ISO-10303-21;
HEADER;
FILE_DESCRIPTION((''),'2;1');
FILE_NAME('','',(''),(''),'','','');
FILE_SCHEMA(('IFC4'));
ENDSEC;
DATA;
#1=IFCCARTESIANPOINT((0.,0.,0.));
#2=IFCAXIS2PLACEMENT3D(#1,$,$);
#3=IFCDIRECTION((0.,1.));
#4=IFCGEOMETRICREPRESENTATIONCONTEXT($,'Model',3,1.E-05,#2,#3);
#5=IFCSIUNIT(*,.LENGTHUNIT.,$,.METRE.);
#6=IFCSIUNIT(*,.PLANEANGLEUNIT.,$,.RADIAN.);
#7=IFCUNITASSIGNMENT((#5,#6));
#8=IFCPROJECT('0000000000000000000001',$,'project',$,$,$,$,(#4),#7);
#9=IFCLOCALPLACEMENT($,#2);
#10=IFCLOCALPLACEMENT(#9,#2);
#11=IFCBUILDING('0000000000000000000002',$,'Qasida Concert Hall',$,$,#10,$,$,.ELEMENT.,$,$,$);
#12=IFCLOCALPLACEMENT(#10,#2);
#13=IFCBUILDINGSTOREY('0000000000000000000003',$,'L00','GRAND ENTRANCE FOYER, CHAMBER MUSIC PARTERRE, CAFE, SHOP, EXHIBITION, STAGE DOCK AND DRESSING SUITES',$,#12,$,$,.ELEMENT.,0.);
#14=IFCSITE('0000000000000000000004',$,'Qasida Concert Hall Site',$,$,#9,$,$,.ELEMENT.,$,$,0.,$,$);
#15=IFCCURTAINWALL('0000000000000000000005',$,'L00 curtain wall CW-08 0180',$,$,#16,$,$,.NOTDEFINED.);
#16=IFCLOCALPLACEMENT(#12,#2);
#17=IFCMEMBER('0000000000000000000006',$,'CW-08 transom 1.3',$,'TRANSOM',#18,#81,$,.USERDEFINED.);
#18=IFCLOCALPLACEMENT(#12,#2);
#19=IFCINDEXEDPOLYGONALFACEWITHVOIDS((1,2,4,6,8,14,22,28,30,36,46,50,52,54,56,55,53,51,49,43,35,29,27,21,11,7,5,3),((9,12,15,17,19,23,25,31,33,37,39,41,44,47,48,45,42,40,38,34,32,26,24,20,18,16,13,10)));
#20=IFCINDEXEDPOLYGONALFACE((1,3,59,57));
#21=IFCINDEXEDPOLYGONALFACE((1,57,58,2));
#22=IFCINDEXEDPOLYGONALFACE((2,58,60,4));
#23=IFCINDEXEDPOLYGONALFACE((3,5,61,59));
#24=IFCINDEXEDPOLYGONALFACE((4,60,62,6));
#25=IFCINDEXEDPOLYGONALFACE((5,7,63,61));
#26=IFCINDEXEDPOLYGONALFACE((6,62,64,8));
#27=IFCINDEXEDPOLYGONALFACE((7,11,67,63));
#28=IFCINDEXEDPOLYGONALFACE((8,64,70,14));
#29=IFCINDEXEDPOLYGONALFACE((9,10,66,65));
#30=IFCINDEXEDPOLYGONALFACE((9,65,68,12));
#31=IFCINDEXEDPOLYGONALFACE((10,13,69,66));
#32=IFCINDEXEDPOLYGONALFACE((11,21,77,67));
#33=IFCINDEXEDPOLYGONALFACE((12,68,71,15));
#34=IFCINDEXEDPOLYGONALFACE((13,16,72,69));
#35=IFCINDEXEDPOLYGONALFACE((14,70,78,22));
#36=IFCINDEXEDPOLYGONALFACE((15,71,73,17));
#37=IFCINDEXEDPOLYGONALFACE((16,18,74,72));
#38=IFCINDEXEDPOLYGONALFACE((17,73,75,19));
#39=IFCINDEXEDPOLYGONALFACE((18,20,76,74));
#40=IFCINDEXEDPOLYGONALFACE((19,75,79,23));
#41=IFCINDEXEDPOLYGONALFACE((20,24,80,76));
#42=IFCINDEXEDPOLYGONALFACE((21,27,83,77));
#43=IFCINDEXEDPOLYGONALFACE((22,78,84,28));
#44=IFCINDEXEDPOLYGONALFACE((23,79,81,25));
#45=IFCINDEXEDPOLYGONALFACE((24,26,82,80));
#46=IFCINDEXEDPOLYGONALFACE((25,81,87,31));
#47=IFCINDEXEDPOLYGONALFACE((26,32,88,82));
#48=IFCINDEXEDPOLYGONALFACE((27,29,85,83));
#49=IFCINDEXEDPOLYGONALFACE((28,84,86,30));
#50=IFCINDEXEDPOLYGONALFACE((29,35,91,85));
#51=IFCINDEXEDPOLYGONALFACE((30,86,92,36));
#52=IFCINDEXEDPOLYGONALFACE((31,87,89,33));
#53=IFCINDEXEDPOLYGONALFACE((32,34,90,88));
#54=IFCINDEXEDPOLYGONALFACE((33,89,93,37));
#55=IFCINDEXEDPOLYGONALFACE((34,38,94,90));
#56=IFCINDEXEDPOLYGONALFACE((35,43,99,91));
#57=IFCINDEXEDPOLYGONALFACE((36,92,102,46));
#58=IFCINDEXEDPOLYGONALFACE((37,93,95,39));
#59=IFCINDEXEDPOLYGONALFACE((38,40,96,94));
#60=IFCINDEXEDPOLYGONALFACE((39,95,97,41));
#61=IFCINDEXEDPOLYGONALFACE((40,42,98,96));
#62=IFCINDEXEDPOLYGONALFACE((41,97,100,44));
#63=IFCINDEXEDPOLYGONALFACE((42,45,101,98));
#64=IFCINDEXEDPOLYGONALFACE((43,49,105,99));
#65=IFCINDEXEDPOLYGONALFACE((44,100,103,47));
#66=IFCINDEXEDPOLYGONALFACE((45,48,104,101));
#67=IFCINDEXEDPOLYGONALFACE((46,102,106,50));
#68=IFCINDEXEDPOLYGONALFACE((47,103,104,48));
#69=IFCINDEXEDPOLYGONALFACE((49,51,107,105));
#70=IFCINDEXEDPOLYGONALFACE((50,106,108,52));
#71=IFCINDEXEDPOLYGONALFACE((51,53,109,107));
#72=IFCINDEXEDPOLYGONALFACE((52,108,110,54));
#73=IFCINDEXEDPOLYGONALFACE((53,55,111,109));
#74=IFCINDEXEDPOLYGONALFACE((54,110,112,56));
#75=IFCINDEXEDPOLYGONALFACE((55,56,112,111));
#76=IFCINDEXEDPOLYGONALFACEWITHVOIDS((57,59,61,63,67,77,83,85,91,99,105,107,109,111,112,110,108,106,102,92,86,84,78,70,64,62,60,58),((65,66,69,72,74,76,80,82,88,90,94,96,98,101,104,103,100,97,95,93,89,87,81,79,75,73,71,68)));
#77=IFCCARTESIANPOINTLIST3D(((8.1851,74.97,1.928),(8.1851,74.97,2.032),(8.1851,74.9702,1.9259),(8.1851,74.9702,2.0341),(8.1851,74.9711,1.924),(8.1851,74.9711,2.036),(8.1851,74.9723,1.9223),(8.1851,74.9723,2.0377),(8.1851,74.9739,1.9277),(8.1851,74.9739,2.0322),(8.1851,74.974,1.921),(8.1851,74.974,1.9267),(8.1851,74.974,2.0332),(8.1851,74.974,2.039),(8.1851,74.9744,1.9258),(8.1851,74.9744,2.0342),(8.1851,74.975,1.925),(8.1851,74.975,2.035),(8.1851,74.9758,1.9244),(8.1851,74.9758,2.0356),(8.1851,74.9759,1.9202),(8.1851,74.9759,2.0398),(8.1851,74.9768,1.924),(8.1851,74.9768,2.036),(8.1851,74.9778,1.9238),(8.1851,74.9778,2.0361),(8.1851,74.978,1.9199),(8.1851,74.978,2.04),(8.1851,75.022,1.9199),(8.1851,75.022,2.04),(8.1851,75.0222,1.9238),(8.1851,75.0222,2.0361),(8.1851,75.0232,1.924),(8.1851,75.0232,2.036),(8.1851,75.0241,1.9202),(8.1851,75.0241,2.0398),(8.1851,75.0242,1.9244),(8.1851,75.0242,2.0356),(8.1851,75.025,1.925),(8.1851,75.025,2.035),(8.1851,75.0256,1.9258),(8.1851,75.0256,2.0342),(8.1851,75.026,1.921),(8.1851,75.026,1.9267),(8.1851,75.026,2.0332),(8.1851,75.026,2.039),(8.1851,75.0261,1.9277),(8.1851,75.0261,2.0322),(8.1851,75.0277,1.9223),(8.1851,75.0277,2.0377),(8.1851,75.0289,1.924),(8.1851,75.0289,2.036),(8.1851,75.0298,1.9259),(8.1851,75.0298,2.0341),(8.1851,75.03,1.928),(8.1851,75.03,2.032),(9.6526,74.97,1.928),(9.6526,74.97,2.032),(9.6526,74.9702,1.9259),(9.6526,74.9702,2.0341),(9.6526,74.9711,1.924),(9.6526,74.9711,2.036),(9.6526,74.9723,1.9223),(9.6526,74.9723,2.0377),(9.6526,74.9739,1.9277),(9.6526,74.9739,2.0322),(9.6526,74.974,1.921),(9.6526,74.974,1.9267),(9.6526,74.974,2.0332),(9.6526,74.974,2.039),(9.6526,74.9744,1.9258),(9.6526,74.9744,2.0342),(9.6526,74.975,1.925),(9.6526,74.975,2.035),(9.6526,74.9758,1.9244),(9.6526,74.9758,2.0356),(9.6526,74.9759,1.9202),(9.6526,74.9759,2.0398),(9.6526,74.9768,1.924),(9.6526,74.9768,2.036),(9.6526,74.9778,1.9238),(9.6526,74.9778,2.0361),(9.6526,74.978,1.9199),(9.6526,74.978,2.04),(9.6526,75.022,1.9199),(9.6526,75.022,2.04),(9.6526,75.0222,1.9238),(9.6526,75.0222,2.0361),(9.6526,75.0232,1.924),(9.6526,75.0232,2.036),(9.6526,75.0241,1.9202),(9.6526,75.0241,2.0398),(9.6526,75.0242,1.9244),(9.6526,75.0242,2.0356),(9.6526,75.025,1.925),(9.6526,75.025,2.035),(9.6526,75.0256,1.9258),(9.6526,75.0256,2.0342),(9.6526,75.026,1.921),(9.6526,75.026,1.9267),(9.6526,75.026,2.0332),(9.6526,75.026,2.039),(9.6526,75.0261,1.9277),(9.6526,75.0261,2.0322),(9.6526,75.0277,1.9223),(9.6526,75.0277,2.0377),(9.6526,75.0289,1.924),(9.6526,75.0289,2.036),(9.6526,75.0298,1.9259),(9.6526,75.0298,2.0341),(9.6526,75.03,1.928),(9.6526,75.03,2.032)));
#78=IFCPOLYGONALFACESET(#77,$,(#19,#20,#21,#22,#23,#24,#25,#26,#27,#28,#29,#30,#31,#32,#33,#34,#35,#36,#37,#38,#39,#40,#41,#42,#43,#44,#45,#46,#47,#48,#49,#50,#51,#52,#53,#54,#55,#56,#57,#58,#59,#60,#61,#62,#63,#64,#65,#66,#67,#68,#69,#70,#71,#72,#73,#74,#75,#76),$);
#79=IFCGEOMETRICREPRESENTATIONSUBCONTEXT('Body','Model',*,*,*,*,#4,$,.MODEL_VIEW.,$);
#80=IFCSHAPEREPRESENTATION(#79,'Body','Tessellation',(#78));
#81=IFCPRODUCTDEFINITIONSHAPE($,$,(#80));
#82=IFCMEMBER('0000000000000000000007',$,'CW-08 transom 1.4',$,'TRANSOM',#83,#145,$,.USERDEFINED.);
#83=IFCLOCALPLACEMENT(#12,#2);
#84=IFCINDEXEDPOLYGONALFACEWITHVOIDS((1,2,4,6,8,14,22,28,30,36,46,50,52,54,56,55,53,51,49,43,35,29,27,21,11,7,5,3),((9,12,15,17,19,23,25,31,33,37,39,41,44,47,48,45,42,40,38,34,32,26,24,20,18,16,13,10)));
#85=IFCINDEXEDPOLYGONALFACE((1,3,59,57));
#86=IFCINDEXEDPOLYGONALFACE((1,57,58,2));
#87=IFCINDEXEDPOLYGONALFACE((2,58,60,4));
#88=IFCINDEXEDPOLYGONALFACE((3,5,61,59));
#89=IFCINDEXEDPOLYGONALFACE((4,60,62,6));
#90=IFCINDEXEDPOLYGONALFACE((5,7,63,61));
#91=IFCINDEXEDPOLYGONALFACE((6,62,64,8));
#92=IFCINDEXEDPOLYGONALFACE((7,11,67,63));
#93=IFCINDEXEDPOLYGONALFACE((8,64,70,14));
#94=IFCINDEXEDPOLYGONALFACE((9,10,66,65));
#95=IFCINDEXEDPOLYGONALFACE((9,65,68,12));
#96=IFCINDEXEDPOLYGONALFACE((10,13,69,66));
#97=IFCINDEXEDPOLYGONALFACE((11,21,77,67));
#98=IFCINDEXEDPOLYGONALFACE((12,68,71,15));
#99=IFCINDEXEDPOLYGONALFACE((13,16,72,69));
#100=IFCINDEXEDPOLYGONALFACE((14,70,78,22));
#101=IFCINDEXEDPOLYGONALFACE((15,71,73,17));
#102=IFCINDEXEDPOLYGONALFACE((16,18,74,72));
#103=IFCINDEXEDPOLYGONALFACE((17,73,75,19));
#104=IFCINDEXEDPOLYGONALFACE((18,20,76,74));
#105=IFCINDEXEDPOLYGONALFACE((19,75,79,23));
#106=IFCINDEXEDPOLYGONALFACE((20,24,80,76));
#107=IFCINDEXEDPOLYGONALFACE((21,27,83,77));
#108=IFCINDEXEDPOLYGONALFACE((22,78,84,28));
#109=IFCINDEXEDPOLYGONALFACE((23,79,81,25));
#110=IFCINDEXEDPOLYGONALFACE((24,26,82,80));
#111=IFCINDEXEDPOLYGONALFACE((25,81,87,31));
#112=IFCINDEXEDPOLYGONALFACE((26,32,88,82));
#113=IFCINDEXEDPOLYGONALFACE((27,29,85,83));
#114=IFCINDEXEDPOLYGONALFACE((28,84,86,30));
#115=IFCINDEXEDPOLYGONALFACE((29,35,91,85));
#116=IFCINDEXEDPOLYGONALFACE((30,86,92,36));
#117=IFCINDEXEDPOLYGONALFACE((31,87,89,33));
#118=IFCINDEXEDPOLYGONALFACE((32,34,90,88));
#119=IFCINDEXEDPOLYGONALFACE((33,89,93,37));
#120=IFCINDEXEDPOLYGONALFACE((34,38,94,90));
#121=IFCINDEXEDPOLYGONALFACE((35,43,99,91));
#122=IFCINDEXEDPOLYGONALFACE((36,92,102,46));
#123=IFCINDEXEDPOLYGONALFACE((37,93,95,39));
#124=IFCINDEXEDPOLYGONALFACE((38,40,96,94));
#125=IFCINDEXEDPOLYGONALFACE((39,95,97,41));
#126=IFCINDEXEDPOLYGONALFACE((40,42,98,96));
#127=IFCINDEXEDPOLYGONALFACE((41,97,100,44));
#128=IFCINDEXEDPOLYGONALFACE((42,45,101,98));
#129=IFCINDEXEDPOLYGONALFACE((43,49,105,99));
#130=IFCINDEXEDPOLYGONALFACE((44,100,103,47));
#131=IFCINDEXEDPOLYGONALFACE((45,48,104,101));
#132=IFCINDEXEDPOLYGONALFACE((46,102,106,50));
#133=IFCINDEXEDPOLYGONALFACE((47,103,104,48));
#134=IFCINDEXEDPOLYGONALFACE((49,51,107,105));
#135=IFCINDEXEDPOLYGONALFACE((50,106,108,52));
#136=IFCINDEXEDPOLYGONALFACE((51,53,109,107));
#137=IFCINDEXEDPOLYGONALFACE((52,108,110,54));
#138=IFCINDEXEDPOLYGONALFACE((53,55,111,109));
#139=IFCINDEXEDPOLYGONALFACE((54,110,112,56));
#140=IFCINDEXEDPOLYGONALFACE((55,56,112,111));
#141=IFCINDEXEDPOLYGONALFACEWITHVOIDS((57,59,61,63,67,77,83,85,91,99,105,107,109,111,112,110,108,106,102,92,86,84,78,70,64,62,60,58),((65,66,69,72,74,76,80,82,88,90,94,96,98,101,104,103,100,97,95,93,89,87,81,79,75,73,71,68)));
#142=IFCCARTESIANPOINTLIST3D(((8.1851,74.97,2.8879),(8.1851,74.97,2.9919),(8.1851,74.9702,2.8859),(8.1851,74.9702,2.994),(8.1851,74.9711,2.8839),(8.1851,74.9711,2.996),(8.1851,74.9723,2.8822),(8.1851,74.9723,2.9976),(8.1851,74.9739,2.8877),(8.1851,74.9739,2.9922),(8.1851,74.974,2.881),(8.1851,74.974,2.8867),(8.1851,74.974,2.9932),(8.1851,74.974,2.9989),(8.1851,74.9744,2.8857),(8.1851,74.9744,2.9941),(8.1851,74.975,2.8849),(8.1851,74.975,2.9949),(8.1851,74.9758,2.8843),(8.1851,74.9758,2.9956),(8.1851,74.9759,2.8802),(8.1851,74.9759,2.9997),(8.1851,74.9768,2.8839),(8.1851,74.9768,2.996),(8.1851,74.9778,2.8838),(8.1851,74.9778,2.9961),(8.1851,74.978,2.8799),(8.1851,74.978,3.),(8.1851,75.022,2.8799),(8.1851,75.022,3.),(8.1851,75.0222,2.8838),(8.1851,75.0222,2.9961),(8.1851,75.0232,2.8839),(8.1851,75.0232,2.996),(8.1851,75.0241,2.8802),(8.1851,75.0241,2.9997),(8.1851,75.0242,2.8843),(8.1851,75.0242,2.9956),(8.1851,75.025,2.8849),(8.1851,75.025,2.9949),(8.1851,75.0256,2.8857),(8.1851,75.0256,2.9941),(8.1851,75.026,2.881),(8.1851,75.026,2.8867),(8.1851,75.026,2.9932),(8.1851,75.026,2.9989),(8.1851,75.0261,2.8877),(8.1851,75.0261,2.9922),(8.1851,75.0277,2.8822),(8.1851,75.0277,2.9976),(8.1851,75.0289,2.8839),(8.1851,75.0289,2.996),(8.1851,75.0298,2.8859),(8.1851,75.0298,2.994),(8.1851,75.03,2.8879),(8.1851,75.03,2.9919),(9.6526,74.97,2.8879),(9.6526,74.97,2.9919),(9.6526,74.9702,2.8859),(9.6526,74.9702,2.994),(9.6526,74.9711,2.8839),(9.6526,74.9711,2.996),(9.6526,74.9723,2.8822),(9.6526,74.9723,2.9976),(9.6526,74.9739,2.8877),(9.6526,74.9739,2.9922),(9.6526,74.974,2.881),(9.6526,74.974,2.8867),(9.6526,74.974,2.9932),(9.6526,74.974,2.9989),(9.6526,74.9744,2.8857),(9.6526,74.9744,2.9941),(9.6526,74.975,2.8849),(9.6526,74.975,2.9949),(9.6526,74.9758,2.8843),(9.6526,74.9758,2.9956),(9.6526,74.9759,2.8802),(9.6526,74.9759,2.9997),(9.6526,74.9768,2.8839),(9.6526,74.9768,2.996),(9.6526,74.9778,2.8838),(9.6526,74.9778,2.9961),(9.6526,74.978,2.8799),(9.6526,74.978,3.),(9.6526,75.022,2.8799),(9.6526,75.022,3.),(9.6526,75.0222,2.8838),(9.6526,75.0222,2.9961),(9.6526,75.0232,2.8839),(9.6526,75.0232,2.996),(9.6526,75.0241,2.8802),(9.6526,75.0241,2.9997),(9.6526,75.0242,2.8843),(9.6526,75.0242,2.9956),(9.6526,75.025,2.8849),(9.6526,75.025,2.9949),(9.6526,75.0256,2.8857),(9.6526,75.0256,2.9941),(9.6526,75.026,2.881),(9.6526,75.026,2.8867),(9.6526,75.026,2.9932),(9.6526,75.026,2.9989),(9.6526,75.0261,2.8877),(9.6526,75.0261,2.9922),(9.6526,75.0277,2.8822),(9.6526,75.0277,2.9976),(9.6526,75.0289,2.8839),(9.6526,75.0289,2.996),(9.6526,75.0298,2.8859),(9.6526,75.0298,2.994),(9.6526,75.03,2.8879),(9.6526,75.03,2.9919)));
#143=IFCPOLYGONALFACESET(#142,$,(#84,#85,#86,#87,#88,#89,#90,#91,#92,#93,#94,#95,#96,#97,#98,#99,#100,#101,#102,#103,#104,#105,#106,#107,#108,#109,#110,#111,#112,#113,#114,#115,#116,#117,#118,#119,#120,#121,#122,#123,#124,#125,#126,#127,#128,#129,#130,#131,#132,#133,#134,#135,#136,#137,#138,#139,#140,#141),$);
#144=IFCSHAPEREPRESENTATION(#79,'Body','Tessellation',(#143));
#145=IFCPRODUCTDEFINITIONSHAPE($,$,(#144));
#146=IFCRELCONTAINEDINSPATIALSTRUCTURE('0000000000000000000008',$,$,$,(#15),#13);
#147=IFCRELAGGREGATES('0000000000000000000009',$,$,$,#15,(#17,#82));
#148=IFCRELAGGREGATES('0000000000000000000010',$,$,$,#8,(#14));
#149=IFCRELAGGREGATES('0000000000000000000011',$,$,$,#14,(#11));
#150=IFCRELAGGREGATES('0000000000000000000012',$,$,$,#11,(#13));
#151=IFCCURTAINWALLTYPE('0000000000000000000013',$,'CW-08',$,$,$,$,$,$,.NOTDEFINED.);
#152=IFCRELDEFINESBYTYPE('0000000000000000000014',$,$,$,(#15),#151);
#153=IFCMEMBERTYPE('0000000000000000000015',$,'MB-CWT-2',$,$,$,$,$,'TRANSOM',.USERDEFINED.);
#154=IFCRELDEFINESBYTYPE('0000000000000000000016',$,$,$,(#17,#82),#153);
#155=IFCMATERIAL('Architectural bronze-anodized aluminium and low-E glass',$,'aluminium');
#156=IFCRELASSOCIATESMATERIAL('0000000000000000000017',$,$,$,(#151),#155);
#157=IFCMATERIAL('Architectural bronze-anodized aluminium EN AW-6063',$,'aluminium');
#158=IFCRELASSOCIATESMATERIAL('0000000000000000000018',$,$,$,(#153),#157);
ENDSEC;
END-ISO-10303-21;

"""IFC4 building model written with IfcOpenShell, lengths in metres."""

from ifc_helpers import new_model, si_unit, direction, frame, origin, origin_2d, place, context, subcontext, project, spatial, hollow_rectangle, extrude, material, material_profile, profile_set, type_object, element, aggregate, save


model = new_model("IFC4")

# Units and contexts
model_context = context("Model", 3, precision=1e-05, world=origin(), true_north=direction((0.0, 1.0)))
body_context = subcontext(model_context, "Body", "Model", "MODEL_VIEW")
ifc_project = project(units=[si_unit("LENGTHUNIT", "METRE"), si_unit("PLANEANGLEUNIT", "RADIAN")], contexts=[model_context])

# Site, building, storey
site_placement = place(None, origin())
site = spatial("IfcSite", under=ifc_project, at=site_placement, Name="Qasida Concert Hall Site", CompositionType="ELEMENT", RefElevation=0.0)
building_placement = place(site_placement, origin())
building = spatial("IfcBuilding", under=site, at=building_placement, Name="Qasida Concert Hall", CompositionType="ELEMENT")
storey_placement = place(building_placement, origin())
storey = spatial("IfcBuildingStorey", under=building, at=storey_placement, Name="L00", Description="GRAND ENTRANCE FOYER, CHAMBER MUSIC PARTERRE, CAFE, SHOP, EXHIBITION, STAGE DOCK AND DRESSING SUITES", CompositionType="ELEMENT", Elevation=0.0)

# Curtain wall, members
ifc_material_1 = material(Name="Architectural bronze-anodized aluminium and low-E glass", Category="aluminium")
curtain_wall_type = type_object("IfcCurtainWallType", Name="CW-08", PredefinedType="NOTDEFINED", material=ifc_material_1)
curtain_wall_placement = place(storey_placement, origin())
curtain_wall = element("IfcCurtainWall", 1, at=curtain_wall_placement, inside=storey, type_object=curtain_wall_type, Name="L00 curtain wall CW-08 0180", PredefinedType="NOTDEFINED")
ifc_material_2 = material(Name="Architectural bronze-anodized aluminium EN AW-6063", Category="aluminium")
ifc_material_profile_1 = material_profile(ifc_material_2, hollow_rectangle(XDim=0.0601, YDim=0.1201, WallThickness=0.0039, InnerFilletRadius=0.0039, OuterFilletRadius=0.0081, at=origin_2d()), Name="CWT 120x60x4")
ifc_profile_set_1 = profile_set([ifc_material_profile_1], Name="Architectural bronze-anodized aluminium EN AW-6063")
member_type_1 = type_object("IfcMemberType", Name="MB-CWT-2", ElementType="TRANSOM", PredefinedType="USERDEFINED", material=ifc_profile_set_1)
member_1_placement = place(storey_placement, frame((8.1851, 75.0, 1.98), z_axis=(1.0, 0.0, 0.0), x_axis=(0.0, 1.0, 0.0)))
member_1 = element("IfcMember", 2, at=member_1_placement, type_object=member_type_1, Name="CW-08 transom 1.3", ObjectType="TRANSOM", PredefinedType="USERDEFINED", context=body_context, shape_type="SweptSolid", body=[
    extrude(hollow_rectangle(XDim=0.0601, YDim=0.1201, WallThickness=0.0039, InnerFilletRadius=0.0039, OuterFilletRadius=0.0081, at=origin_2d()), origin(), (0.0, 0.0, 1.0), 1.4675),
])
member_2_placement = place(storey_placement, frame((8.1851, 75.0, 2.9399), z_axis=(1.0, 0.0, 0.0), x_axis=(0.0, 1.0, 0.0)))
member_2 = element("IfcMember", 3, at=member_2_placement, type_object=member_type_1, Name="CW-08 transom 1.4", ObjectType="TRANSOM", PredefinedType="USERDEFINED", context=body_context, shape_type="SweptSolid", body=[
    extrude(hollow_rectangle(XDim=0.0601, YDim=0.1201, WallThickness=0.0039, InnerFilletRadius=0.0039, OuterFilletRadius=0.0081, at=origin_2d()), origin(), (0.0, 0.0, 1.0), 1.4675),
])
aggregate(curtain_wall, [member_1, member_2])

save(model, "model.ifc")
